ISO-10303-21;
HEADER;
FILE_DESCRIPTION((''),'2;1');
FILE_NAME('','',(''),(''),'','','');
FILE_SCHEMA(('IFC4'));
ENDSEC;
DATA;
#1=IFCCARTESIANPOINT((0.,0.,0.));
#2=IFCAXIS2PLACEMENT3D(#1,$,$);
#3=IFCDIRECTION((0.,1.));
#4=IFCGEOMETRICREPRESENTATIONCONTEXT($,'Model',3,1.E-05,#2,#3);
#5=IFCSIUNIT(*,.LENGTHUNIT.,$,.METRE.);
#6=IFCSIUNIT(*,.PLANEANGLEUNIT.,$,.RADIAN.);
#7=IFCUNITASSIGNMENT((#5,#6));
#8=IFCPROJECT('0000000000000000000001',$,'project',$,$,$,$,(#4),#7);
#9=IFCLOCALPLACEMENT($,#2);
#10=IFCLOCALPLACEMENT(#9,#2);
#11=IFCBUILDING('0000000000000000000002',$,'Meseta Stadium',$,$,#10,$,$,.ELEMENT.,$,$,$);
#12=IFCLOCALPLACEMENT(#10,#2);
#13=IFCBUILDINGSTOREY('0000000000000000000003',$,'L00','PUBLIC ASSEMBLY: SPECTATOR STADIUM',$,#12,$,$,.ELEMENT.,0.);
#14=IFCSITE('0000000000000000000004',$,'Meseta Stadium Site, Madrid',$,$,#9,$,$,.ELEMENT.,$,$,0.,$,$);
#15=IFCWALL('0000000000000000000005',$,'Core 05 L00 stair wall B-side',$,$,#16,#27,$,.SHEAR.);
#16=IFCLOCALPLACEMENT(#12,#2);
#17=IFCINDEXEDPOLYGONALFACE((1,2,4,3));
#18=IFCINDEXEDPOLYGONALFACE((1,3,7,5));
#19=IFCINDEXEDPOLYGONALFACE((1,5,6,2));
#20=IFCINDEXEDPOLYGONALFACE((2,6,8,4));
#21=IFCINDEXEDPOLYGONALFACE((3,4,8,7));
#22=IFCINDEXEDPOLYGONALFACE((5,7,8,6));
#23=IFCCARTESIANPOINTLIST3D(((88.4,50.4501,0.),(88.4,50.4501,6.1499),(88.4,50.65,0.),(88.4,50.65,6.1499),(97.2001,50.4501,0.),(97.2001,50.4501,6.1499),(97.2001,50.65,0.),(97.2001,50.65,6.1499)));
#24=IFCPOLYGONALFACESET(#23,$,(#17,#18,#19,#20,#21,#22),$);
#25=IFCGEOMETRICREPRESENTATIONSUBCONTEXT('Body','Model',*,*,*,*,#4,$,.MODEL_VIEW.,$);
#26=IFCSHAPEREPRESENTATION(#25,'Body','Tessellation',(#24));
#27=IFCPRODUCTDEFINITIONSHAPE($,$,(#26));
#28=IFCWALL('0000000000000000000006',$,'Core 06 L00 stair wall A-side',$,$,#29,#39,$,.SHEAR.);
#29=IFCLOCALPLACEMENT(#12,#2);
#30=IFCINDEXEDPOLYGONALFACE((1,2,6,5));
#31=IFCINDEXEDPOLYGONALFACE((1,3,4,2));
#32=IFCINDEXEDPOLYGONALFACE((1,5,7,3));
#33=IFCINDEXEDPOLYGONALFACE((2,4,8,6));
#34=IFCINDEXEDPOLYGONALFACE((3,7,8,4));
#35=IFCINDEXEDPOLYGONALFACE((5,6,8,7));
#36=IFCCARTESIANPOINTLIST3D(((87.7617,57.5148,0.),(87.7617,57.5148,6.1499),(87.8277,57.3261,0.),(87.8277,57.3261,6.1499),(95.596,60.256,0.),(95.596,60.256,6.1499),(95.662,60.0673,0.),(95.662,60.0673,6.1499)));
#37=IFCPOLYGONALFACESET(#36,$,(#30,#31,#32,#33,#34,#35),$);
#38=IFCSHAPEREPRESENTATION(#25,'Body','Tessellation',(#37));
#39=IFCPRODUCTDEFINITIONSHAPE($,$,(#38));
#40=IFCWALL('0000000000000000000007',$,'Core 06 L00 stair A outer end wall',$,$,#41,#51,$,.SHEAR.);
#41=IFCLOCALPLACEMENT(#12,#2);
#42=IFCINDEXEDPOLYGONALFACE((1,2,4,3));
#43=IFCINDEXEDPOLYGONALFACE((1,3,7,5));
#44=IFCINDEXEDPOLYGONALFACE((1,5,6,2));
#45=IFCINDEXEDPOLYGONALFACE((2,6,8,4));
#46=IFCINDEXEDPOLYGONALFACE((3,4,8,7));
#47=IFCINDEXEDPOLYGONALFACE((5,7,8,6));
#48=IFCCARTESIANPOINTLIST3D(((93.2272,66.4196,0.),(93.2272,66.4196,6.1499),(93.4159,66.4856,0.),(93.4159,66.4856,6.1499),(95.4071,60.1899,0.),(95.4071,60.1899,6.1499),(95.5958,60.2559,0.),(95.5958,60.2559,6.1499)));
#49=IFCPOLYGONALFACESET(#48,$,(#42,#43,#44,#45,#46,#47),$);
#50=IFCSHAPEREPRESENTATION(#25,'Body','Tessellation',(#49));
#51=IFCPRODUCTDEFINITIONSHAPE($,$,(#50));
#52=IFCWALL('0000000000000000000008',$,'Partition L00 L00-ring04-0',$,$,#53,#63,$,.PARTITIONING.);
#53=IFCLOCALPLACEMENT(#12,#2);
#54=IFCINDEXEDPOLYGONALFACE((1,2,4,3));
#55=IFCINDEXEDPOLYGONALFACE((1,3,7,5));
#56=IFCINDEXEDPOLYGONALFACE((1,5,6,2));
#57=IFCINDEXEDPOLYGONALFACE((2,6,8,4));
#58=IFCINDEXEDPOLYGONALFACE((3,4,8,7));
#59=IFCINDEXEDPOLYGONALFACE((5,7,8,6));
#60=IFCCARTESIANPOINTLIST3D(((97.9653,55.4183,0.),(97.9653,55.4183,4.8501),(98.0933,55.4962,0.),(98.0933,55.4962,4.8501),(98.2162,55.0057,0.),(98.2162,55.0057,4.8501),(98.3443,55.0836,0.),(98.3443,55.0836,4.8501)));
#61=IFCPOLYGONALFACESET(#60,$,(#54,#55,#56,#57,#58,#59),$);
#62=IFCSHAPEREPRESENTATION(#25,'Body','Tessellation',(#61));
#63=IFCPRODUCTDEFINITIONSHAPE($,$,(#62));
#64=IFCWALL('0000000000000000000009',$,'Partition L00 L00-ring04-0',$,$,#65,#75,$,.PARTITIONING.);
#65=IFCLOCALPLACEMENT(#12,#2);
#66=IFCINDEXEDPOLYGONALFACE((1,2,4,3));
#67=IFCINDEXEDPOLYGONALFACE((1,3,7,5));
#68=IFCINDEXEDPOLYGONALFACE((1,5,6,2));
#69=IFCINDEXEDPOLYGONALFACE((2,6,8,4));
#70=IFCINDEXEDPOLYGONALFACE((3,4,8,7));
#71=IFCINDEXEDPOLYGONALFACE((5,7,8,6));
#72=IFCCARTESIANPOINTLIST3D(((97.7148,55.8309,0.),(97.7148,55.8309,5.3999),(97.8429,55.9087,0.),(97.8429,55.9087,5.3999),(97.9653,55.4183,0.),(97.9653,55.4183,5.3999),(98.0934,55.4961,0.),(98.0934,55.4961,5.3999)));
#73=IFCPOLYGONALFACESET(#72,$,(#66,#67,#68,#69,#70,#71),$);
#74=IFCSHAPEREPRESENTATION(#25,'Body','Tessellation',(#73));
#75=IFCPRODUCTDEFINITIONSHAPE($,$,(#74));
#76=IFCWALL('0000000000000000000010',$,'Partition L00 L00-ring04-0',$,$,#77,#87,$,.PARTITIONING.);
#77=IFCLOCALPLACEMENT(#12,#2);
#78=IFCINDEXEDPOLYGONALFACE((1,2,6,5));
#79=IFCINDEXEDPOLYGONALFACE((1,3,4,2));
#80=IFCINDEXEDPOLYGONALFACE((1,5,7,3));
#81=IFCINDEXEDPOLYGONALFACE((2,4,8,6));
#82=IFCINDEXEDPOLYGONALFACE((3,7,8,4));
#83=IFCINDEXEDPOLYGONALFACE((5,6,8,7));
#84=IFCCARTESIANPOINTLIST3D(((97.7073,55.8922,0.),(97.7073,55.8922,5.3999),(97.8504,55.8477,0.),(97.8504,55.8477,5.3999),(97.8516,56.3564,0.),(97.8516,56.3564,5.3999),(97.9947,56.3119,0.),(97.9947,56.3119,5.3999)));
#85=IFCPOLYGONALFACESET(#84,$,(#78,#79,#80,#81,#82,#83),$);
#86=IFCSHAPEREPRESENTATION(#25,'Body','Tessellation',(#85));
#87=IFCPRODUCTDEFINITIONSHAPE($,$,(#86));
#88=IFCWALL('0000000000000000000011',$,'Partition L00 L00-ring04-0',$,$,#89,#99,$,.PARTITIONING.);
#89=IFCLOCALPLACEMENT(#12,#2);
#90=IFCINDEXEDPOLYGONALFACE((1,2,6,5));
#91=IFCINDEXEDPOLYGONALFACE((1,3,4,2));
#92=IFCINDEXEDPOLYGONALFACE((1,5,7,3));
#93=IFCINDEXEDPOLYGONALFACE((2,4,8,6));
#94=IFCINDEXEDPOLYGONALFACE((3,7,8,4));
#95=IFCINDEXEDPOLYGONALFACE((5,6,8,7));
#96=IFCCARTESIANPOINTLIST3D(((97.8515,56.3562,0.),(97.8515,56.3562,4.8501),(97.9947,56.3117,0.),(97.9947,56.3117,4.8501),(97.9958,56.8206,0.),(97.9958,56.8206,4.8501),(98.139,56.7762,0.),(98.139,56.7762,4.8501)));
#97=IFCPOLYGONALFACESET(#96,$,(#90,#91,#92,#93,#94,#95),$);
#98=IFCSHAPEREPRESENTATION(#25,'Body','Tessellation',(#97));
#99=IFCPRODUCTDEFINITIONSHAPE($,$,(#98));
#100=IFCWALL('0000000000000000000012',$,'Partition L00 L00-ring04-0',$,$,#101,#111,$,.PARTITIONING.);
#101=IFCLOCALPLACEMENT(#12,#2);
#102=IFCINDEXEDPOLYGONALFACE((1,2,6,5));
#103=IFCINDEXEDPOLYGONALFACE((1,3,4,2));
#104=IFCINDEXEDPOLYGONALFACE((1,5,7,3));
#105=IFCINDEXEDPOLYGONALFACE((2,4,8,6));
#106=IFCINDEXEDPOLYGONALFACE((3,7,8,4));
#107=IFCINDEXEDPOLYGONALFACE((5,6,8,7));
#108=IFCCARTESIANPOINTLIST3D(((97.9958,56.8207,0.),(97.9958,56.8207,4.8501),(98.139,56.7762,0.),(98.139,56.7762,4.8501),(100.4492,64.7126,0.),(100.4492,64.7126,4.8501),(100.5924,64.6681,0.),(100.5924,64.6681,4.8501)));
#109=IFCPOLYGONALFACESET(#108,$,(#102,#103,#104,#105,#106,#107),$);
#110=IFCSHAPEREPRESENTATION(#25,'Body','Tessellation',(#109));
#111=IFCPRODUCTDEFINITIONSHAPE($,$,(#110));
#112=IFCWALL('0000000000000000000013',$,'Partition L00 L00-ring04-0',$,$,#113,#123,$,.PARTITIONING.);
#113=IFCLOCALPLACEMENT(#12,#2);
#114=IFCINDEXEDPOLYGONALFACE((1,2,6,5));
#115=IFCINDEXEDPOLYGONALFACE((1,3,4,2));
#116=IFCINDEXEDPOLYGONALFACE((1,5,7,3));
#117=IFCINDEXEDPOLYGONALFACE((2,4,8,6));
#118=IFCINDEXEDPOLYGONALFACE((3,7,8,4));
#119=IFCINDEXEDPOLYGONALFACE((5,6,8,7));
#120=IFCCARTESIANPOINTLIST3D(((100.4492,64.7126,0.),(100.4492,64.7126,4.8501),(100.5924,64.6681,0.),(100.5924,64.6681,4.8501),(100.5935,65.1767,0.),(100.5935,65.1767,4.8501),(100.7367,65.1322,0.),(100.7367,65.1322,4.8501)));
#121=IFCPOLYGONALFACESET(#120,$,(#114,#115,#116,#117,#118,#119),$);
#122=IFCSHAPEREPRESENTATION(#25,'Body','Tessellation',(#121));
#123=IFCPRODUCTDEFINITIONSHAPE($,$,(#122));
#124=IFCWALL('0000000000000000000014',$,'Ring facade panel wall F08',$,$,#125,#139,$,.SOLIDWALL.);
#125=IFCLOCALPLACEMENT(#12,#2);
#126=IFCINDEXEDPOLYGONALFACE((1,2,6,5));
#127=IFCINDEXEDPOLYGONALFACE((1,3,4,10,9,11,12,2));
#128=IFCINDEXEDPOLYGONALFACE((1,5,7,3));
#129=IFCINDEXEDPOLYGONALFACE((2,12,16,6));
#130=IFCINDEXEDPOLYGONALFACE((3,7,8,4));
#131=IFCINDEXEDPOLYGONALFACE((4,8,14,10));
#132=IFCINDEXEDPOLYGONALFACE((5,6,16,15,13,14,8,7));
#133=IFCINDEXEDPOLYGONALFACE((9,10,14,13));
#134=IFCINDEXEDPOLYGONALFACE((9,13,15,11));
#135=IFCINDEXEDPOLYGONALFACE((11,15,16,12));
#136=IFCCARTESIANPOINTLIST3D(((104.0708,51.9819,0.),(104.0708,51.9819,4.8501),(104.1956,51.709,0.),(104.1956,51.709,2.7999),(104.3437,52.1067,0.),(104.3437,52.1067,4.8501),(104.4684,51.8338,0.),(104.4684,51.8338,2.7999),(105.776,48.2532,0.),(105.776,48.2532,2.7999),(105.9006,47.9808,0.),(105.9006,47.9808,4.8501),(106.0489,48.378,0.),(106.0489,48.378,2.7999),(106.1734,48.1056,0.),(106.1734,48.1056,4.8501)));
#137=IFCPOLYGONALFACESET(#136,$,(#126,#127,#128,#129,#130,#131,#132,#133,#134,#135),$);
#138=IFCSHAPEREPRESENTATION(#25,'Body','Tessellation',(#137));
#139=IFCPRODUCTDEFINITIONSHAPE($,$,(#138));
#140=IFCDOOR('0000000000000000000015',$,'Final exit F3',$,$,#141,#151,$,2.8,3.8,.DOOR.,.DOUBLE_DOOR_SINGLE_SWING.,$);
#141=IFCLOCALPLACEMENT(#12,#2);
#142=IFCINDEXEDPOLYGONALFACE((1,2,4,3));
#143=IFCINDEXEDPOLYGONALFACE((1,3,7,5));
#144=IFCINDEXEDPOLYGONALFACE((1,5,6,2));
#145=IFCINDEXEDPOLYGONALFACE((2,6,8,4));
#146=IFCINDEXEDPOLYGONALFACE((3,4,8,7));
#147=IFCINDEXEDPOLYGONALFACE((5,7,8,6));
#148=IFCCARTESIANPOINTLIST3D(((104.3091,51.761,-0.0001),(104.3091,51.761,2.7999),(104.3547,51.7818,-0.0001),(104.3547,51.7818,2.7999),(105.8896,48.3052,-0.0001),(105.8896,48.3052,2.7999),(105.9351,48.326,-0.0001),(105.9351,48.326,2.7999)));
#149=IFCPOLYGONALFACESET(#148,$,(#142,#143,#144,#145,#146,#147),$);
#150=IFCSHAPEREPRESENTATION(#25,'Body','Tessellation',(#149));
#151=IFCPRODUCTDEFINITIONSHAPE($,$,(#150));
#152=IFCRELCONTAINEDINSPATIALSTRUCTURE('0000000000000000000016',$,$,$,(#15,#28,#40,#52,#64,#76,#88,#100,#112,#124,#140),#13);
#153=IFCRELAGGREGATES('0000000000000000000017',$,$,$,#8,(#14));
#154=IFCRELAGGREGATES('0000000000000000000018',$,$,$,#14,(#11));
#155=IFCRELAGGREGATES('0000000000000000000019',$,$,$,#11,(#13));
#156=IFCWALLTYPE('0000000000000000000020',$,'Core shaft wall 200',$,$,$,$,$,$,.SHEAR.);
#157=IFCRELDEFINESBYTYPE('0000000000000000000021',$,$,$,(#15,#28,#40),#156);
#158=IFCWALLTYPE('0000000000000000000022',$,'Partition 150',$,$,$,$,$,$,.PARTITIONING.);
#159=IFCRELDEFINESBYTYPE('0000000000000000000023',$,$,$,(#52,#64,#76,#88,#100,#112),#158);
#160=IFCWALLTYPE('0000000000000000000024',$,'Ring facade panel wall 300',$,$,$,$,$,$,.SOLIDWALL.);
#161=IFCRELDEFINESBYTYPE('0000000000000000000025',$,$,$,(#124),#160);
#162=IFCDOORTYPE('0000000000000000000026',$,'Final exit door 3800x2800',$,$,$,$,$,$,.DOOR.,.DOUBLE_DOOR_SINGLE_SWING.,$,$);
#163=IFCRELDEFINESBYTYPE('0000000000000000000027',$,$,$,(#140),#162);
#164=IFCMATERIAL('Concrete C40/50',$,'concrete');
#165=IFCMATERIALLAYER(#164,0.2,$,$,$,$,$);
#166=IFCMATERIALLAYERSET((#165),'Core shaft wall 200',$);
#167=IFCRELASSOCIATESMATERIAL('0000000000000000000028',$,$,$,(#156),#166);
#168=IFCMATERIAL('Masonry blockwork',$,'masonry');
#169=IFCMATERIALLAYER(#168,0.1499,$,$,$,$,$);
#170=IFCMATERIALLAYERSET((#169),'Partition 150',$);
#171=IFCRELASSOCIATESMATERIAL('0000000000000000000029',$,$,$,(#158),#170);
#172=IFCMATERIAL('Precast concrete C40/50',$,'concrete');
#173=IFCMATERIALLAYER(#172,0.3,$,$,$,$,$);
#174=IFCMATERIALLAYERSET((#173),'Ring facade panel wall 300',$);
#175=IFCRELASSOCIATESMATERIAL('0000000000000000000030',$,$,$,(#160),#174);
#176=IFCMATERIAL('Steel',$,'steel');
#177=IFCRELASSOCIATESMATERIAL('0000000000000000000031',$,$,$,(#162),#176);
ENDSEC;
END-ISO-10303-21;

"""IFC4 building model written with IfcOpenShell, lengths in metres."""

from ifc_helpers import new_model, si_unit, direction, frame, frame_2d, origin, place, context, subcontext, project, spatial, rectangle, extrude, material, layer, layer_set, type_object, element, fill, save


model = new_model("IFC4")

# Units and contexts
model_context = context("Model", 3, precision=1e-05, world=origin(), true_north=direction((0.0, 1.0)))
body_context = subcontext(model_context, "Body", "Model", "MODEL_VIEW")
ifc_project = project(units=[si_unit("LENGTHUNIT", "METRE"), si_unit("PLANEANGLEUNIT", "RADIAN")], contexts=[model_context])

# Site, building, storey
site_placement = place(None, origin())
site = spatial("IfcSite", under=ifc_project, at=site_placement, Name="Meseta Stadium Site, Madrid", CompositionType="ELEMENT", RefElevation=0.0)
building_placement = place(site_placement, origin())
building = spatial("IfcBuilding", under=site, at=building_placement, Name="Meseta Stadium", CompositionType="ELEMENT")
storey_placement = place(building_placement, origin())
storey = spatial("IfcBuildingStorey", under=building, at=storey_placement, Name="L00", Description="PUBLIC ASSEMBLY: SPECTATOR STADIUM", CompositionType="ELEMENT", Elevation=0.0)

# Walls
ifc_material_1 = material(Name="Concrete C40/50", Category="concrete")
ifc_layer_1 = layer(ifc_material_1, 0.2)
ifc_layer_set_1 = layer_set([ifc_layer_1], Name="Core shaft wall 200")
wall_type_1 = type_object("IfcWallType", Name="Core shaft wall 200", PredefinedType="SHEAR", material=ifc_layer_set_1)
wall_1_placement = place(storey_placement, frame((97.2, 50.55, 0.0), z_axis=(0.0, 0.0, 1.0), x_axis=(-1.0, 0.0, 0.0)))
element("IfcWall", 1, at=wall_1_placement, inside=storey, type_object=wall_type_1, Name="Core 05 L00 stair wall B-side", PredefinedType="SHEAR", context=body_context, shape_type="SweptSolid", body=[
    extrude(rectangle(XDim=8.8, YDim=0.2, at=frame_2d((4.3999, 0.0))), origin(), (0.0, 0.0, 1.0), 6.1499),
])
wall_2_placement = place(storey_placement, frame((95.6289, 60.1616, 0.0), z_axis=(0.0, 0.0, 1.0), x_axis=(-0.943887, -0.330268, 0.0)))
element("IfcWall", 2, at=wall_2_placement, inside=storey, type_object=wall_type_1, Name="Core 06 L00 stair wall A-side", PredefinedType="SHEAR", context=body_context, shape_type="SweptSolid", body=[
    extrude(rectangle(XDim=8.3, YDim=0.2, at=frame_2d((4.1499, 0.0))), origin(), (0.0, 0.0, 1.0), 6.1499),
])
wall_3_placement = place(storey_placement, frame((95.5015, 60.2229, 0.0), z_axis=(0.0, 0.0, 1.0), x_axis=(-0.330286, 0.943881, 0.0)))
element("IfcWall", 3, at=wall_3_placement, inside=storey, type_object=wall_type_1, Name="Core 06 L00 stair A outer end wall", PredefinedType="SHEAR", context=body_context, shape_type="SweptSolid", body=[
    extrude(rectangle(XDim=6.6001, YDim=0.2, at=frame_2d((3.3, 0.0))), origin(), (0.0, 0.0, 1.0), 6.1499),
])
ifc_material_2 = material(Name="Masonry blockwork", Category="masonry")
ifc_layer_2 = layer(ifc_material_2, 0.1499)
ifc_layer_set_2 = layer_set([ifc_layer_2], Name="Partition 150")
wall_type_2 = type_object("IfcWallType", Name="Partition 150", PredefinedType="PARTITIONING", material=ifc_layer_set_2)
wall_4_placement = place(storey_placement, frame((98.2803, 55.0447, 0.0), z_axis=(0.0, 0.0, 1.0), x_axis=(-0.51969, 0.854355, 0.0)))
element("IfcWall", 4, at=wall_4_placement, inside=storey, type_object=wall_type_2, Name="Partition L00 L00-ring04-0", PredefinedType="PARTITIONING", context=body_context, shape_type="SweptSolid", body=[
    extrude(rectangle(XDim=0.4829, YDim=0.1499, at=frame_2d((0.2415, 0.0))), origin(), (0.0, 0.0, 1.0), 4.8501),
])
wall_5_placement = place(storey_placement, frame((98.0293, 55.4573, 0.0), z_axis=(0.0, 0.0, 1.0), x_axis=(-0.518952, 0.854804, 0.0)))
element("IfcWall", 5, at=wall_5_placement, inside=storey, type_object=wall_type_2, Name="Partition L00 L00-ring04-0", PredefinedType="PARTITIONING", context=body_context, shape_type="SweptSolid", body=[
    extrude(rectangle(XDim=0.4827, YDim=0.1499, at=frame_2d((0.2412, 0.0))), origin(), (0.0, 0.0, 1.0), 5.3999),
])
wall_6_placement = place(storey_placement, frame((97.7788, 55.8699, 0.0), z_axis=(0.0, 0.0, 1.0), x_axis=(0.296873, 0.954917, 0.0)))
element("IfcWall", 6, at=wall_6_placement, inside=storey, type_object=wall_type_2, Name="Partition L00 L00-ring04-0", PredefinedType="PARTITIONING", context=body_context, shape_type="SweptSolid", body=[
    extrude(rectangle(XDim=0.4861, YDim=0.1499, at=frame_2d((0.2432, 0.0))), origin(), (0.0, 0.0, 1.0), 5.3999),
])
wall_7_placement = place(storey_placement, frame((97.9231, 56.334, 0.0), z_axis=(0.0, 0.0, 1.0), x_axis=(0.296731, 0.954961, 0.0)))
element("IfcWall", 7, at=wall_7_placement, inside=storey, type_object=wall_type_2, Name="Partition L00 L00-ring04-0", PredefinedType="PARTITIONING", context=body_context, shape_type="SweptSolid", body=[
    extrude(rectangle(XDim=0.4863, YDim=0.1499, at=frame_2d((0.2432, 0.0))), origin(), (0.0, 0.0, 1.0), 4.8501),
])
wall_8_placement = place(storey_placement, frame((98.0674, 56.7983, 0.0), z_axis=(0.0, 0.0, 1.0), x_axis=(0.29686, 0.954921, 0.0)))
element("IfcWall", 8, at=wall_8_placement, inside=storey, type_object=wall_type_2, Name="Partition L00 L00-ring04-0", PredefinedType="PARTITIONING", context=body_context, shape_type="SweptSolid", body=[
    extrude(rectangle(XDim=8.2644, YDim=0.1499, at=frame_2d((4.1323, 0.0))), origin(), (0.0, 0.0, 1.0), 4.8501),
])
wall_9_placement = place(storey_placement, frame((100.5208, 64.6902, 0.0), z_axis=(0.0, 0.0, 1.0), x_axis=(0.296873, 0.954917, 0.0)))
element("IfcWall", 9, at=wall_9_placement, inside=storey, type_object=wall_type_2, Name="Partition L00 L00-ring04-0", PredefinedType="PARTITIONING", context=body_context, shape_type="SweptSolid", body=[
    extrude(rectangle(XDim=0.4861, YDim=0.1499, at=frame_2d((0.2432, 0.0))), origin(), (0.0, 0.0, 1.0), 4.8501),
])

# Wall, opening, door
ifc_material_3 = material(Name="Precast concrete C40/50", Category="concrete")
ifc_layer_3 = layer(ifc_material_3, 0.3)
ifc_layer_set_3 = layer_set([ifc_layer_3], Name="Ring facade panel wall 300")
wall_type_3 = type_object("IfcWallType", Name="Ring facade panel wall 300", PredefinedType="SOLIDWALL", material=ifc_layer_set_3)
wall_10_placement = place(storey_placement, frame((104.2073, 52.0442, 0.0), z_axis=(0.0, 0.0, 1.0), x_axis=(0.415892, -0.909414, 0.0)))
wall_10 = element("IfcWall", 10, at=wall_10_placement, inside=storey, type_object=wall_type_3, Name="Ring facade panel wall F08", PredefinedType="SOLIDWALL", context=body_context, shape_type="SweptSolid", body=[
    extrude(rectangle(XDim=4.3997, YDim=0.3, at=frame_2d((2.1997, 0.0))), origin(), (0.0, 0.0, 1.0), 4.8501),
])
opening_placement = place(wall_10_placement, frame((0.3, 0.0, 0.0)))
opening = element("IfcOpeningElement", 11, at=opening_placement, cuts=wall_10, PredefinedType="OPENING", context=body_context, shape_type="SweptSolid", body=[
    extrude(rectangle(XDim=3.8, YDim=2.8, at=frame_2d((1.8999, 1.3999))), frame((0.0, 0.1599, 0.0), z_axis=(0.0, -1.0, 0.0), x_axis=(1.0, 0.0, 0.0)), (0.0, 0.0, 1.0), 0.3201),
])
ifc_material_4 = material(Name="Steel", Category="steel")
door_type = type_object("IfcDoorType", Name="Final exit door 3800x2800", OperationType="DOUBLE_DOOR_SINGLE_SWING", PredefinedType="DOOR", material=ifc_material_4)
door_placement = place(opening_placement, origin())
door = element("IfcDoor", 12, at=door_placement, inside=storey, type_object=door_type, Name="Final exit F3", OperationType="DOUBLE_DOOR_SINGLE_SWING", OverallHeight=2.8, OverallWidth=3.8, PredefinedType="DOOR", context=body_context, shape_type="SweptSolid", body=[
    extrude(rectangle(XDim=3.8, YDim=2.8, at=frame_2d((1.8999, 1.3999))), frame((0.0, 0.0249, 0.0), z_axis=(0.0, -1.0, 0.0), x_axis=(1.0, 0.0, 0.0)), (0.0, 0.0, 1.0), 0.05),
])
fill(opening, door)

save(model, "model.ifc")
